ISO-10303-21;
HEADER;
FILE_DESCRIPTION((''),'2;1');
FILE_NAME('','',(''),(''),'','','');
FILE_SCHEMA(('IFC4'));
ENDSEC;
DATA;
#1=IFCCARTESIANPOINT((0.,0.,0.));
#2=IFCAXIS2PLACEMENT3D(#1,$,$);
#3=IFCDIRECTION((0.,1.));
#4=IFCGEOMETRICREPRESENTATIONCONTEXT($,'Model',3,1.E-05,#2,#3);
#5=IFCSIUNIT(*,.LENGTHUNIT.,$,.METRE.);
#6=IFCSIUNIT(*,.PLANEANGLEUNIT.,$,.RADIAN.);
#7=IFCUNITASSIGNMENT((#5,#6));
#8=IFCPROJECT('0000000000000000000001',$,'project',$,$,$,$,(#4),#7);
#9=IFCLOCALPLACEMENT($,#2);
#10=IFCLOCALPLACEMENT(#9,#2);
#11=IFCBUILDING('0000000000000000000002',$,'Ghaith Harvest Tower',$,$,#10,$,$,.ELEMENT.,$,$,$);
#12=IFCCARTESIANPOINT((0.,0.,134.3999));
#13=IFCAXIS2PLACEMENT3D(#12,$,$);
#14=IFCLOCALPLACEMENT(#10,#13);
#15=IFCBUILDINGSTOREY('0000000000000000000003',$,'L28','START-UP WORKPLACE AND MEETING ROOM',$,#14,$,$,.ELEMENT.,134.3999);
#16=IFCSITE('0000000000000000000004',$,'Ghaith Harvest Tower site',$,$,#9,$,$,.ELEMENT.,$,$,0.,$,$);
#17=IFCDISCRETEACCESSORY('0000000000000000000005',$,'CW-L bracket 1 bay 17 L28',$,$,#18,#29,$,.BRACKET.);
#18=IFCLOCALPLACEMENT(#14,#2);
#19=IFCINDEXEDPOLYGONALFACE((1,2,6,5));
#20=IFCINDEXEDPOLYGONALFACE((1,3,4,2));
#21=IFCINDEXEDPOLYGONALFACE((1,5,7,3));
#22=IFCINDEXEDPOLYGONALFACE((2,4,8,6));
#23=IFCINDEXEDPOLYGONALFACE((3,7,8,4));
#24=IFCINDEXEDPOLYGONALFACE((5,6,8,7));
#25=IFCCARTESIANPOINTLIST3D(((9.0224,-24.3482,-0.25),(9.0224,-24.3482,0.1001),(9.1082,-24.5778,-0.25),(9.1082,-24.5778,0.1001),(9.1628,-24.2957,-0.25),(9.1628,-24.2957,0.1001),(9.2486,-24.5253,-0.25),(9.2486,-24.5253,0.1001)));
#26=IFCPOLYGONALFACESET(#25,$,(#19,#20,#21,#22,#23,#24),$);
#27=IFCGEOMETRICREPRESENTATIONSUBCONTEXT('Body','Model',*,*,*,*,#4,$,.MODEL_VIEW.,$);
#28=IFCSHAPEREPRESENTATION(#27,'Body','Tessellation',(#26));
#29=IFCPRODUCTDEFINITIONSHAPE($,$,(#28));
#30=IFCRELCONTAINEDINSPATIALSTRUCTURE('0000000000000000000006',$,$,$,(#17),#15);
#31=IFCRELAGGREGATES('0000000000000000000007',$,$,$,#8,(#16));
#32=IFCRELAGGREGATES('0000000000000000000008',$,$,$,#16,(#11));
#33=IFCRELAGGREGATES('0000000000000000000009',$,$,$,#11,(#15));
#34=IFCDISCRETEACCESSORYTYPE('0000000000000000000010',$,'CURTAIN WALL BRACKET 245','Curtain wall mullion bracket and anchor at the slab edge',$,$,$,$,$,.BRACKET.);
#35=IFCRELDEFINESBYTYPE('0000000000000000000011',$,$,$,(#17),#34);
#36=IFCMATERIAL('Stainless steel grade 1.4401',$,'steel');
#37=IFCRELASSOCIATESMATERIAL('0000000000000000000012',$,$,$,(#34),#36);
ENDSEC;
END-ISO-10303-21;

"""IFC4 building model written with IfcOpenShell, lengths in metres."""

from ifc_helpers import new_model, si_unit, direction, frame, origin, origin_2d, place, context, subcontext, project, spatial, rectangle, extrude, material, type_object, element, save


model = new_model("IFC4")

# Units and contexts
model_context = context("Model", 3, precision=1e-05, world=origin(), true_north=direction((0.0, 1.0)))
body_context = subcontext(model_context, "Body", "Model", "MODEL_VIEW")
ifc_project = project(units=[si_unit("LENGTHUNIT", "METRE"), si_unit("PLANEANGLEUNIT", "RADIAN")], contexts=[model_context])

# Site, building, storey
site_placement = place(None, origin())
site = spatial("IfcSite", under=ifc_project, at=site_placement, Name="Ghaith Harvest Tower site", CompositionType="ELEMENT", RefElevation=0.0)
building_placement = place(site_placement, origin())
building = spatial("IfcBuilding", under=site, at=building_placement, Name="Ghaith Harvest Tower", CompositionType="ELEMENT")
storey_placement = place(building_placement, frame((0.0, 0.0, 134.3999)))
storey = spatial("IfcBuildingStorey", under=building, at=storey_placement, Name="L28", Description="START-UP WORKPLACE AND MEETING ROOM", CompositionType="ELEMENT", Elevation=134.3999)

# Discrete accessory
ifc_material_1 = material(Name="Stainless steel grade 1.4401", Category="steel")
discrete_accessory_type = type_object("IfcDiscreteAccessoryType", Name="CURTAIN WALL BRACKET 245", Description="Curtain wall mullion bracket and anchor at the slab edge", PredefinedType="BRACKET", material=ifc_material_1)
discrete_accessory_placement = place(storey_placement, frame((9.1355, -24.4368, -0.25), z_axis=(0.0, 0.0, 1.0), x_axis=(0.350168, -0.936687, 0.0)))
element("IfcDiscreteAccessory", 1, at=discrete_accessory_placement, inside=storey, type_object=discrete_accessory_type, Name="CW-L bracket 1 bay 17 L28", PredefinedType="BRACKET", context=body_context, shape_type="SweptSolid", body=[
    extrude(rectangle(XDim=0.2451, YDim=0.1499, at=origin_2d()), origin(), (0.0, 0.0, 1.0), 0.3501),
])

save(model, "model.ifc")
